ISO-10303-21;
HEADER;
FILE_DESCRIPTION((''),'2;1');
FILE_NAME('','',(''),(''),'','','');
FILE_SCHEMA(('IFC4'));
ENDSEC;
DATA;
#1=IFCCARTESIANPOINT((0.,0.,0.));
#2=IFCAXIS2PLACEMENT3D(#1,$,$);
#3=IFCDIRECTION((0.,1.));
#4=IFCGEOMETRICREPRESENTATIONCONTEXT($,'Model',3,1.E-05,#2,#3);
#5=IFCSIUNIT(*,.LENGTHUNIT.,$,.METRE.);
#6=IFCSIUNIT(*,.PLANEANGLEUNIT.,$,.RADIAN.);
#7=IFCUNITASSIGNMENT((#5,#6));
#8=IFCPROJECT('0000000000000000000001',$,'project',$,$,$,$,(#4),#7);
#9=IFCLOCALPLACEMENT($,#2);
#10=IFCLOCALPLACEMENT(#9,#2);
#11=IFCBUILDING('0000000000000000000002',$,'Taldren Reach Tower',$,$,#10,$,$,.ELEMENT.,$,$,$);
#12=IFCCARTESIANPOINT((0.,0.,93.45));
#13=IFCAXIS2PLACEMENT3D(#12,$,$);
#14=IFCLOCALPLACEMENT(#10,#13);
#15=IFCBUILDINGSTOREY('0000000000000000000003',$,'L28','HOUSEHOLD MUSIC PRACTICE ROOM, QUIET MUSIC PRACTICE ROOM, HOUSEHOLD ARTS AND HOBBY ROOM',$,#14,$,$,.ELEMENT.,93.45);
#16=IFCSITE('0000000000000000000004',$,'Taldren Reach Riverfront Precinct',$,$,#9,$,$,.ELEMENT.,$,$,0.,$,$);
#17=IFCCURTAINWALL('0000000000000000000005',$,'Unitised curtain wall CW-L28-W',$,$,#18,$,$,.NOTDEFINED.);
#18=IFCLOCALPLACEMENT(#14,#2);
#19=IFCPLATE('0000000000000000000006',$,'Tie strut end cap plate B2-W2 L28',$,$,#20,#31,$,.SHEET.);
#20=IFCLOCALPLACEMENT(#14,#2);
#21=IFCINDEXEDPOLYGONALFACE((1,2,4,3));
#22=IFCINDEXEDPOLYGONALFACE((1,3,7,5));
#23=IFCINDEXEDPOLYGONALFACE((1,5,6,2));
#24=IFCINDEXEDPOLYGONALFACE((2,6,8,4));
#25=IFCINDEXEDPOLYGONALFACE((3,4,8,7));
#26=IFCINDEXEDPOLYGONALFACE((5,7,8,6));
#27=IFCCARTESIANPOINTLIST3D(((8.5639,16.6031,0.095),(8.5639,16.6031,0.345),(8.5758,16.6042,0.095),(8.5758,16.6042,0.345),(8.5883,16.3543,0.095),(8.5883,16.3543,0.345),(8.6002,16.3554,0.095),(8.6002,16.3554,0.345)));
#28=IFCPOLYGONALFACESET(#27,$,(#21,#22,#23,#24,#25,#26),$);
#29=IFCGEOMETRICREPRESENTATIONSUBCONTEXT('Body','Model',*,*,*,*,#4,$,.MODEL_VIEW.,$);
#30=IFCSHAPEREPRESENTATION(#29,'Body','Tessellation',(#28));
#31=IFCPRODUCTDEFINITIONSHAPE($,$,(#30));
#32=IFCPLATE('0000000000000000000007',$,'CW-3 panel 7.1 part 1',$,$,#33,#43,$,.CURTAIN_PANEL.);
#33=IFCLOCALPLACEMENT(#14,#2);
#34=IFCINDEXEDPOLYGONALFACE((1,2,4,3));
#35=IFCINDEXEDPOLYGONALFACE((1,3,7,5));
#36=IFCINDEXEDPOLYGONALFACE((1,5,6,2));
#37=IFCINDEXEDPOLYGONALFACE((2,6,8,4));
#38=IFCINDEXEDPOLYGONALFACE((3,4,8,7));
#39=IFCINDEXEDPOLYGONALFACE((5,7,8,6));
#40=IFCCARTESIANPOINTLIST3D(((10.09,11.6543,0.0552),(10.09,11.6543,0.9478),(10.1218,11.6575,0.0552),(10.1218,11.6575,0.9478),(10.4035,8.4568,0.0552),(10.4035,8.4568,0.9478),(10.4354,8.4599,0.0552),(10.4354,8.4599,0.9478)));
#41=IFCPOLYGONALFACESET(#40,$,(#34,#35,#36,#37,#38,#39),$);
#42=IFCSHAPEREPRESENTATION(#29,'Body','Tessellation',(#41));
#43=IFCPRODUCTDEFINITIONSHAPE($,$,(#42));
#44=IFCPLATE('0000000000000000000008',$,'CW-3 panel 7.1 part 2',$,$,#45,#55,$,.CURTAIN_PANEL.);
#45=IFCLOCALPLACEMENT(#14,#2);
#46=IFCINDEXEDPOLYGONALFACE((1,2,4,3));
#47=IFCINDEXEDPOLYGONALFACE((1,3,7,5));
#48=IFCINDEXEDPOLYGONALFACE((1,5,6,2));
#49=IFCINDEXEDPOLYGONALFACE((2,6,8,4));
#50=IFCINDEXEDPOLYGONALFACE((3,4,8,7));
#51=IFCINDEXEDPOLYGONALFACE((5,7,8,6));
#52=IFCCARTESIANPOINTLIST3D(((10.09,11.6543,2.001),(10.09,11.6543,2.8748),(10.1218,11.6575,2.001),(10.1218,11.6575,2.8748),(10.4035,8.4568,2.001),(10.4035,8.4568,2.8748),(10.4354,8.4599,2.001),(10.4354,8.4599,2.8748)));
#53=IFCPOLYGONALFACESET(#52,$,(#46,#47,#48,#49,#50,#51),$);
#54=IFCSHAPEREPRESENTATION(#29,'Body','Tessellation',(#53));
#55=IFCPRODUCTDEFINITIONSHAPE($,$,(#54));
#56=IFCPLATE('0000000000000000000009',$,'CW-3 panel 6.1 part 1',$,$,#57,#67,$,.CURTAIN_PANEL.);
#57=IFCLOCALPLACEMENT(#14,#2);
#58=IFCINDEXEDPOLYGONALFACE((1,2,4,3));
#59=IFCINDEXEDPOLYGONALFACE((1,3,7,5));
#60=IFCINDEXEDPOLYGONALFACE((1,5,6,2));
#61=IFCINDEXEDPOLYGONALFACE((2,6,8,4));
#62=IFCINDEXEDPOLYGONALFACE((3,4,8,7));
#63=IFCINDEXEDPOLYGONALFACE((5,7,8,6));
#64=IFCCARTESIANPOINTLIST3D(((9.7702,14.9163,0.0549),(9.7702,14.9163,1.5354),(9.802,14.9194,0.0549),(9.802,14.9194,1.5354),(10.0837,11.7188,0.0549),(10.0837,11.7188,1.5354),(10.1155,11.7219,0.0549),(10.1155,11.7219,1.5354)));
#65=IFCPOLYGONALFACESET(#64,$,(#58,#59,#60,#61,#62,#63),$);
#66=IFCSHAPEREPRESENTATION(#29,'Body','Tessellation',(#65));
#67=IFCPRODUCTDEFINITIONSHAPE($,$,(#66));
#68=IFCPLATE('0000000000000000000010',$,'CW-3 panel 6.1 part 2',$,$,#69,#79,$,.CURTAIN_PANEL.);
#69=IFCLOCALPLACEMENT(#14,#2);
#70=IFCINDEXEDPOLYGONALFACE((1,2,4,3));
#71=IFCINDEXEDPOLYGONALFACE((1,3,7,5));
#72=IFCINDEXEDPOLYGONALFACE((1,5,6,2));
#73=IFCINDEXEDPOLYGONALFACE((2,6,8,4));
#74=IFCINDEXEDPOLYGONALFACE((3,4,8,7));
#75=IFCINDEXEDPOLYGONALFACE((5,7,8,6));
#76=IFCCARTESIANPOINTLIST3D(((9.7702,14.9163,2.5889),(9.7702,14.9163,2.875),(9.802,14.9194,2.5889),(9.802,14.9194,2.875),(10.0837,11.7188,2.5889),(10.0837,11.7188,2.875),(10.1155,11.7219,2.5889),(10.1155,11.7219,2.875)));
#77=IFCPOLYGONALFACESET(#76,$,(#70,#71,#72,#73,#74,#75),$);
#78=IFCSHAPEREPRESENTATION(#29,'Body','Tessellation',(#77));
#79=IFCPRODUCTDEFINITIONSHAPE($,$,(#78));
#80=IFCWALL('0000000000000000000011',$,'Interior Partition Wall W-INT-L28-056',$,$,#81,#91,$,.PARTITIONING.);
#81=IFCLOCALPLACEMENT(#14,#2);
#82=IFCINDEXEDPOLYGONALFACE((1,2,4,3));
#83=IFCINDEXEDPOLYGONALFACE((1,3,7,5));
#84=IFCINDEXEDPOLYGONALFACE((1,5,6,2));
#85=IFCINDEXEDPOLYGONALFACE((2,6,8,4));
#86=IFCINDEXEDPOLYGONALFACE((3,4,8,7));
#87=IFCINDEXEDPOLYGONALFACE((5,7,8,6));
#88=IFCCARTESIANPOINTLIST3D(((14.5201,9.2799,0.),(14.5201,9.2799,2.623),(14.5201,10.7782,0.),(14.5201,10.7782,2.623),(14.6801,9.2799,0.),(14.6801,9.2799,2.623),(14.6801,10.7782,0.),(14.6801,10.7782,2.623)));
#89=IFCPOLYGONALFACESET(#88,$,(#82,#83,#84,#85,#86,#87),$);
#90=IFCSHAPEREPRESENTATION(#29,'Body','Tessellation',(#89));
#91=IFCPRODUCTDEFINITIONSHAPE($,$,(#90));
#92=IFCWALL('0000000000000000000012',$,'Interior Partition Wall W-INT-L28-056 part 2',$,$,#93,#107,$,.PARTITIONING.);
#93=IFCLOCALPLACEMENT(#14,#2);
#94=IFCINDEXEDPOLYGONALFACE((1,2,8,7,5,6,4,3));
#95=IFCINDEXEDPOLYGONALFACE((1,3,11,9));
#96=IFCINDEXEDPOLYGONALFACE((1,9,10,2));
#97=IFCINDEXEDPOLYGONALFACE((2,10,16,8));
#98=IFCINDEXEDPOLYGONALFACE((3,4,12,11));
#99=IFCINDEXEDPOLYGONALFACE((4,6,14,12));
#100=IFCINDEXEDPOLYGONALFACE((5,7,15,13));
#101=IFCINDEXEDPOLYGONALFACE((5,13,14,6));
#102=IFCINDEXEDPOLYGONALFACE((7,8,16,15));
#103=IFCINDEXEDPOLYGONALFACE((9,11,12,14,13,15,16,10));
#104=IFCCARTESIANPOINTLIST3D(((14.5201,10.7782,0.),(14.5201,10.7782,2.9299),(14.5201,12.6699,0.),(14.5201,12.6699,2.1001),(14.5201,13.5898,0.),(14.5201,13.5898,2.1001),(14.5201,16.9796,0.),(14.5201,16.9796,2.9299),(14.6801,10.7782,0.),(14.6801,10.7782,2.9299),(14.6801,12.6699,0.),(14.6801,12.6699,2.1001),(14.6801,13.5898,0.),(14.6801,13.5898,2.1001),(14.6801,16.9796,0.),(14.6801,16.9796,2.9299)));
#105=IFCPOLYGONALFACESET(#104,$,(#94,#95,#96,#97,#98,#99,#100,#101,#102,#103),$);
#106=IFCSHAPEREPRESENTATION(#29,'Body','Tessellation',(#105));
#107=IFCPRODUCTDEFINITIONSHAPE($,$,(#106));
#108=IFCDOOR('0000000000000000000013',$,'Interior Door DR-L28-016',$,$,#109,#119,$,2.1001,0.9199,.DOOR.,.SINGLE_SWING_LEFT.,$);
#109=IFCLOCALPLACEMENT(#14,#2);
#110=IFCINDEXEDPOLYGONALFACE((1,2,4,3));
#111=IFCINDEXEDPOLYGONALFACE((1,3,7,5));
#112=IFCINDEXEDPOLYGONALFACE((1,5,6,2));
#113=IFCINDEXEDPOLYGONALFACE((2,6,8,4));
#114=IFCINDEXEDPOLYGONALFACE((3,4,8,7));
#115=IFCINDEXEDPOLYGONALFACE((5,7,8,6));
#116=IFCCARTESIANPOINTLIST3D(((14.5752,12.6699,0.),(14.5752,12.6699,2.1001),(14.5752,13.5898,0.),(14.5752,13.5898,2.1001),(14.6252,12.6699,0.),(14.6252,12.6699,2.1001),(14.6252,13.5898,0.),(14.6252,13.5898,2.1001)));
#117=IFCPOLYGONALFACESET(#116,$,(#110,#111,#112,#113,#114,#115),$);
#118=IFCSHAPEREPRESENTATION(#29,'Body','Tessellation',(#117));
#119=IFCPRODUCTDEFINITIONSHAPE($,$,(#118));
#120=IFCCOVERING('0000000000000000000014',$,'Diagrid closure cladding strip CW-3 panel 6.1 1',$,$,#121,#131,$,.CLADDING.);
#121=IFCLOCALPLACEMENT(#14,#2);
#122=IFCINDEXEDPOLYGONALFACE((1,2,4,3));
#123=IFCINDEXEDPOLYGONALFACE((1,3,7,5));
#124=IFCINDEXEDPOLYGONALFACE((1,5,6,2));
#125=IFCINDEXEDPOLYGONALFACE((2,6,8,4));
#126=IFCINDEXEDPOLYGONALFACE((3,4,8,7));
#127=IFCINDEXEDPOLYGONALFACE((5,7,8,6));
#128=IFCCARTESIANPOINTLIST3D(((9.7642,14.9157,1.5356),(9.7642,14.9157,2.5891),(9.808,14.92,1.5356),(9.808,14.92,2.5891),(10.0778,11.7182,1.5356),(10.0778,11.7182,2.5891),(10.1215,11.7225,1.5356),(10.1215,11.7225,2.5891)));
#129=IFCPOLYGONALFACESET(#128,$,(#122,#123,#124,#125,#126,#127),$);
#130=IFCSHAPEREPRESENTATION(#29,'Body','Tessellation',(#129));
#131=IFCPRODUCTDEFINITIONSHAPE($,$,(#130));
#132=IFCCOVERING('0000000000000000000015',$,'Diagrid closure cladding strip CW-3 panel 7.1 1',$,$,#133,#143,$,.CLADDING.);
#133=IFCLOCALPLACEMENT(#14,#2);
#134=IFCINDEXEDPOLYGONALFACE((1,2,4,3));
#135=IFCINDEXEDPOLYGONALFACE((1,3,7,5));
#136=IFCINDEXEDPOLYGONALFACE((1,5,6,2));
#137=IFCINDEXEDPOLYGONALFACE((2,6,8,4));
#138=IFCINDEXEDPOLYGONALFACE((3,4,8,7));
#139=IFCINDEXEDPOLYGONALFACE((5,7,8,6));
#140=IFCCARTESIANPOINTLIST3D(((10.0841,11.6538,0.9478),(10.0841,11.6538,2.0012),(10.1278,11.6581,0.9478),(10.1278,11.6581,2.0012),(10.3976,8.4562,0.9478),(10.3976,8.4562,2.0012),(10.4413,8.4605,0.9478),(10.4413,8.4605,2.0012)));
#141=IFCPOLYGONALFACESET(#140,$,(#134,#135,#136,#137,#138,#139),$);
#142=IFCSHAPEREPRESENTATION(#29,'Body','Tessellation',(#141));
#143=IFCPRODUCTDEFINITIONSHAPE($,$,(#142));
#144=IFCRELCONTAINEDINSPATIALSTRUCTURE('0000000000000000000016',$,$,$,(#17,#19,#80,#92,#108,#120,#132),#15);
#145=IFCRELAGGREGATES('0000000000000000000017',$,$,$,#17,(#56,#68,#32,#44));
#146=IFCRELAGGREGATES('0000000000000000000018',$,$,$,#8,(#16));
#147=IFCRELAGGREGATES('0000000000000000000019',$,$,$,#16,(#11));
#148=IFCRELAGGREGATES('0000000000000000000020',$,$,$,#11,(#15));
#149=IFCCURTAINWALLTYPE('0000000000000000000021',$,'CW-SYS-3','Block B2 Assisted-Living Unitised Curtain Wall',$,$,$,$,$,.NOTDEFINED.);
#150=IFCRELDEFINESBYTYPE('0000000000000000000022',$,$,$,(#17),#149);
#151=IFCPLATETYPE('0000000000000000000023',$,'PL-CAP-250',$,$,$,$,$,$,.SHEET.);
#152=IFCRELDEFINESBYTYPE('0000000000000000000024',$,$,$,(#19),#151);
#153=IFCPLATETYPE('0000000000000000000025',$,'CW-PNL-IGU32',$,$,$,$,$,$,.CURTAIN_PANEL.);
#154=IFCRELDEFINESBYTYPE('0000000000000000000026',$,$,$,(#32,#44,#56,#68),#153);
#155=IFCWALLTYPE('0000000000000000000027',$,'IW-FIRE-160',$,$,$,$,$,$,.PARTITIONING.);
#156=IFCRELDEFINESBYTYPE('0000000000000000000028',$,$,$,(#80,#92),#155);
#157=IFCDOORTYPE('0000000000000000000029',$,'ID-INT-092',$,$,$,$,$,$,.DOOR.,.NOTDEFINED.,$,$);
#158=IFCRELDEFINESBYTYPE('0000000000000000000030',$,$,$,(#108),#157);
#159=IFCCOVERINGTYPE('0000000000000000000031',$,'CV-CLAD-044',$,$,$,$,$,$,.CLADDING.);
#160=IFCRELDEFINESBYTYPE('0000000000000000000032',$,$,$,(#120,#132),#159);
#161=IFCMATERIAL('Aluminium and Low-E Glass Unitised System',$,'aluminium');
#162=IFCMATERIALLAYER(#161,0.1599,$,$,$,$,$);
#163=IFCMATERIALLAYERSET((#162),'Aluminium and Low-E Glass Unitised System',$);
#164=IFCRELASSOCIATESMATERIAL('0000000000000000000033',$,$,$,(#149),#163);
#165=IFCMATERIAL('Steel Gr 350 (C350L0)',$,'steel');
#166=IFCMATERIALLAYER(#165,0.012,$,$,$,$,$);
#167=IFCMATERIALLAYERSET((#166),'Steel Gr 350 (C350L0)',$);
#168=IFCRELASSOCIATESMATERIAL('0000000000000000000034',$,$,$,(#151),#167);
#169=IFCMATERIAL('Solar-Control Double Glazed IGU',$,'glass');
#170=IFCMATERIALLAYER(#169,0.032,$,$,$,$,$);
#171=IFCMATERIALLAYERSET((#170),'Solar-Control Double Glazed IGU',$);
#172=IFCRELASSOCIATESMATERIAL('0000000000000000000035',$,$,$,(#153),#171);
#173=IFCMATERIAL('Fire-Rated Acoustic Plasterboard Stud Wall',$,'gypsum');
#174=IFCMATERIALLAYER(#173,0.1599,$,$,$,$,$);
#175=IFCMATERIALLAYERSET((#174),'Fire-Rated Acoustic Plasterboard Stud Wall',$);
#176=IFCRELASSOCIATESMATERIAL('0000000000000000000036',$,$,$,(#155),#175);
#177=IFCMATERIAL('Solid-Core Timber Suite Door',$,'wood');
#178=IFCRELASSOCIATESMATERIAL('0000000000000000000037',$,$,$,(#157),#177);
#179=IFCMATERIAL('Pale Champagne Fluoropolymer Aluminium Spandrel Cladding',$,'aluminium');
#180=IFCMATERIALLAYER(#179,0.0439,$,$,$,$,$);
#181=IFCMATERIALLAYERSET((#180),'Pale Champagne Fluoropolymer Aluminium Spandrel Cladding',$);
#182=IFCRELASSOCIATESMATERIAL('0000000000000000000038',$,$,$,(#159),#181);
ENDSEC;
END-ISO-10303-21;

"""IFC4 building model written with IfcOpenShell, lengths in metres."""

from ifc_helpers import new_model, si_unit, direction, frame, frame_2d, origin, origin_2d, place, context, subcontext, project, spatial, rectangle, extrude, source, transform, mapped, material, layer, layer_set, type_object, element, fill, aggregate, save


model = new_model("IFC4")

# Units and contexts
model_context = context("Model", 3, precision=1e-05, world=origin(), true_north=direction((0.0, 1.0)))
body_context = subcontext(model_context, "Body", "Model", "MODEL_VIEW")
ifc_project = project(units=[si_unit("LENGTHUNIT", "METRE"), si_unit("PLANEANGLEUNIT", "RADIAN")], contexts=[model_context])

# Site, building, storey
site_placement = place(None, origin())
site = spatial("IfcSite", under=ifc_project, at=site_placement, Name="Taldren Reach Riverfront Precinct", CompositionType="ELEMENT", RefElevation=0.0)
building_placement = place(site_placement, origin())
building = spatial("IfcBuilding", under=site, at=building_placement, Name="Taldren Reach Tower", CompositionType="ELEMENT")
storey_placement = place(building_placement, frame((0.0, 0.0, 93.45)))
storey = spatial("IfcBuildingStorey", under=building, at=storey_placement, Name="L28", Description="HOUSEHOLD MUSIC PRACTICE ROOM, QUIET MUSIC PRACTICE ROOM, HOUSEHOLD ARTS AND HOBBY ROOM", CompositionType="ELEMENT", Elevation=93.45)

# Curtain wall
ifc_material_1 = material(Name="Aluminium and Low-E Glass Unitised System", Category="aluminium")
ifc_layer_1 = layer(ifc_material_1, 0.1599)
ifc_layer_set_1 = layer_set([ifc_layer_1], Name="Aluminium and Low-E Glass Unitised System")
curtain_wall_type = type_object("IfcCurtainWallType", Name="CW-SYS-3", Description="Block B2 Assisted-Living Unitised Curtain Wall", PredefinedType="NOTDEFINED", material=ifc_layer_set_1)
curtain_wall_placement = place(storey_placement, origin())
curtain_wall = element("IfcCurtainWall", 1, at=curtain_wall_placement, inside=storey, type_object=curtain_wall_type, Name="Unitised curtain wall CW-L28-W", PredefinedType="NOTDEFINED")

# Plates
ifc_material_2 = material(Name="Steel Gr 350 (C350L0)", Category="steel")
ifc_layer_2 = layer(ifc_material_2, 0.012)
ifc_layer_set_2 = layer_set([ifc_layer_2], Name="Steel Gr 350 (C350L0)")
plate_type_1 = type_object("IfcPlateType", Name="PL-CAP-250", PredefinedType="SHEET", material=ifc_layer_set_2)
shared_shape_1 = source(origin(), body_context, "Body", "SweptSolid", [
    extrude(rectangle(XDim=0.012, YDim=0.25, at=origin_2d()), origin(), (0.0, 0.0, 1.0), 0.25),
])
plate_1_placement = place(storey_placement, frame((8.582, 16.4792, 0.095), z_axis=(0.0, 0.0, 1.0), x_axis=(0.995227, 0.097583, 0.0)))
element("IfcPlate", 2, at=plate_1_placement, inside=storey, type_object=plate_type_1, Name="Tie strut end cap plate B2-W2 L28", PredefinedType="SHEET", context=body_context, shape_type="MappedRepresentation", body=[
    mapped(shared_shape_1, transform((0.0, 0.0, 0.0), scale=1.0)),
])
ifc_material_3 = material(Name="Solar-Control Double Glazed IGU", Category="glass")
ifc_layer_3 = layer(ifc_material_3, 0.032)
ifc_layer_set_3 = layer_set([ifc_layer_3], Name="Solar-Control Double Glazed IGU")
plate_type_2 = type_object("IfcPlateType", Name="CW-PNL-IGU32", PredefinedType="CURTAIN_PANEL", material=ifc_layer_set_3)
shared_shape_2 = source(origin(), body_context, "Body", "SweptSolid", [
    extrude(rectangle(XDim=3.2129, YDim=0.032, at=origin_2d()), origin(), (0.0, 0.0, 1.0), 0.8926),
])
plate_2_placement = place(storey_placement, frame((10.2627, 10.0571, 0.0552), z_axis=(0.0, 0.0, 1.0), x_axis=(0.097583, -0.995227, 0.0)))
plate_2 = element("IfcPlate", 3, at=plate_2_placement, type_object=plate_type_2, Name="CW-3 panel 7.1 part 1", PredefinedType="CURTAIN_PANEL", context=body_context, shape_type="MappedRepresentation", body=[
    mapped(shared_shape_2, transform((0.0, 0.0, 0.0), scale=1.0)),
])
shared_shape_3 = source(origin(), body_context, "Body", "SweptSolid", [
    extrude(rectangle(XDim=3.2129, YDim=0.032, at=origin_2d()), origin(), (0.0, 0.0, 1.0), 0.8738),
])
plate_3_placement = place(storey_placement, frame((10.2627, 10.0571, 2.001), z_axis=(0.0, 0.0, 1.0), x_axis=(0.097583, -0.995227, 0.0)))
plate_3 = element("IfcPlate", 4, at=plate_3_placement, type_object=plate_type_2, Name="CW-3 panel 7.1 part 2", PredefinedType="CURTAIN_PANEL", context=body_context, shape_type="MappedRepresentation", body=[
    mapped(shared_shape_3, transform((0.0, 0.0, 0.0), scale=1.0)),
])
shared_shape_4 = source(origin(), body_context, "Body", "SweptSolid", [
    extrude(rectangle(XDim=3.2129, YDim=0.032, at=origin_2d()), origin(), (0.0, 0.0, 1.0), 1.4805),
])
plate_4_placement = place(storey_placement, frame((9.9429, 13.3191, 0.0549), z_axis=(0.0, 0.0, 1.0), x_axis=(0.097583, -0.995227, 0.0)))
plate_4 = element("IfcPlate", 5, at=plate_4_placement, type_object=plate_type_2, Name="CW-3 panel 6.1 part 1", PredefinedType="CURTAIN_PANEL", context=body_context, shape_type="MappedRepresentation", body=[
    mapped(shared_shape_4, transform((0.0, 0.0, 0.0), scale=1.0)),
])
shared_shape_5 = source(origin(), body_context, "Body", "SweptSolid", [
    extrude(rectangle(XDim=3.2129, YDim=0.032, at=origin_2d()), origin(), (0.0, 0.0, 1.0), 0.2861),
])
plate_5_placement = place(storey_placement, frame((9.9429, 13.3191, 2.5889), z_axis=(0.0, 0.0, 1.0), x_axis=(0.097583, -0.995227, 0.0)))
plate_5 = element("IfcPlate", 6, at=plate_5_placement, type_object=plate_type_2, Name="CW-3 panel 6.1 part 2", PredefinedType="CURTAIN_PANEL", context=body_context, shape_type="MappedRepresentation", body=[
    mapped(shared_shape_5, transform((0.0, 0.0, 0.0), scale=1.0)),
])
aggregate(curtain_wall, [plate_4, plate_5, plate_2, plate_3])

# Wall
ifc_material_4 = material(Name="Fire-Rated Acoustic Plasterboard Stud Wall", Category="gypsum")
ifc_layer_4 = layer(ifc_material_4, 0.1599)
ifc_layer_set_4 = layer_set([ifc_layer_4], Name="Fire-Rated Acoustic Plasterboard Stud Wall")
wall_type = type_object("IfcWallType", Name="IW-FIRE-160", PredefinedType="PARTITIONING", material=ifc_layer_set_4)
shared_shape_6 = source(origin(), body_context, "Body", "SweptSolid", [
    extrude(rectangle(XDim=1.4983, YDim=0.1599, at=frame_2d((0.749, 0.0))), origin(), (0.0, 0.0, 1.0), 2.623),
])
wall_1_placement = place(storey_placement, frame((14.6001, 9.28, 0.0), z_axis=(0.0, 0.0, 1.0), x_axis=(0.0, 1.0, 0.0)))
element("IfcWall", 7, at=wall_1_placement, inside=storey, type_object=wall_type, Name="Interior Partition Wall W-INT-L28-056", PredefinedType="PARTITIONING", context=body_context, shape_type="MappedRepresentation", body=[
    mapped(shared_shape_6, transform((0.0, 0.0, 0.0), scale=1.0)),
])

# Wall, opening, door
shared_shape_7 = source(origin(), body_context, "Body", "SweptSolid", [
    extrude(rectangle(XDim=6.2014, YDim=0.1599, at=frame_2d((3.1006, 0.0))), origin(), (0.0, 0.0, 1.0), 2.9299),
])
wall_2_placement = place(storey_placement, frame((14.6001, 10.7783, 0.0), z_axis=(0.0, 0.0, 1.0), x_axis=(0.0, 1.0, 0.0)))
wall_2 = element("IfcWall", 8, at=wall_2_placement, inside=storey, type_object=wall_type, Name="Interior Partition Wall W-INT-L28-056 part 2", PredefinedType="PARTITIONING", context=body_context, shape_type="MappedRepresentation", body=[
    mapped(shared_shape_7, transform((0.0, 0.0, 0.0), scale=1.0)),
])
shared_shape_8 = source(origin(), body_context, "Body", "SweptSolid", [
    extrude(rectangle(XDim=0.9199, YDim=2.1001, at=frame_2d((0.46, 1.05))), frame((0.0, 0.0898, 0.0), z_axis=(0.0, -1.0, 0.0), x_axis=(1.0, 0.0, 0.0)), (0.0, 0.0, 1.0), 0.1799),
])
opening_placement = place(wall_2_placement, frame((1.8916, 0.0, 0.0)))
opening = element("IfcOpeningElement", 9, at=opening_placement, cuts=wall_2, PredefinedType="OPENING", context=body_context, shape_type="MappedRepresentation", body=[
    mapped(shared_shape_8, transform((0.0, 0.0, 0.0), scale=1.0)),
])
ifc_material_5 = material(Name="Solid-Core Timber Suite Door", Category="wood")
door_type = type_object("IfcDoorType", Name="ID-INT-092", OperationType="NOTDEFINED", PredefinedType="DOOR", material=ifc_material_5)
shared_shape_9 = source(origin(), body_context, "Body", "SweptSolid", [
    extrude(rectangle(XDim=0.9199, YDim=2.1001, at=frame_2d((0.46, 1.05))), frame((0.0, 0.0249, 0.0), z_axis=(0.0, -1.0, 0.0), x_axis=(1.0, 0.0, 0.0)), (0.0, 0.0, 1.0), 0.05),
])
door_placement = place(opening_placement, origin())
door = element("IfcDoor", 10, at=door_placement, inside=storey, type_object=door_type, Name="Interior Door DR-L28-016", OperationType="SINGLE_SWING_LEFT", OverallHeight=2.1001, OverallWidth=0.9199, PredefinedType="DOOR", context=body_context, shape_type="MappedRepresentation", body=[
    mapped(shared_shape_9, transform((0.0, 0.0, 0.0), scale=1.0)),
])
fill(opening, door)

# Coverings
ifc_material_6 = material(Name="Pale Champagne Fluoropolymer Aluminium Spandrel Cladding", Category="aluminium")
ifc_layer_5 = layer(ifc_material_6, 0.0439)
ifc_layer_set_5 = layer_set([ifc_layer_5], Name="Pale Champagne Fluoropolymer Aluminium Spandrel Cladding")
covering_type = type_object("IfcCoveringType", Name="CV-CLAD-044", PredefinedType="CLADDING", material=ifc_layer_set_5)
shared_shape_10 = source(origin(), body_context, "Body", "SweptSolid", [
    extrude(rectangle(XDim=3.2129, YDim=0.0439, at=origin_2d()), origin(), (0.0, 0.0, 1.0), 1.0535),
])
for number, where, z_axis, x_axis, name in (
    (11, (9.9429, 13.3191, 1.5356), (0.0, 0.0, 1.0), (0.097583, -0.995227, 0.0), "Diagrid closure cladding strip CW-3 panel 6.1 1"),
    (12, (10.2627, 10.0571, 0.9478), (0.0, 0.0, 1.0), (0.097583, -0.995227, 0.0), "Diagrid closure cladding strip CW-3 panel 7.1 1"),
):
    element("IfcCovering", number, at=place(storey_placement, frame(where, z_axis=z_axis, x_axis=x_axis)), inside=storey, type_object=covering_type, Name=name, PredefinedType="CLADDING", context=body_context, shape_type="MappedRepresentation", body=[
        mapped(shared_shape_10, transform((0.0, 0.0, 0.0), scale=1.0)),
    ])

save(model, "model.ifc")
